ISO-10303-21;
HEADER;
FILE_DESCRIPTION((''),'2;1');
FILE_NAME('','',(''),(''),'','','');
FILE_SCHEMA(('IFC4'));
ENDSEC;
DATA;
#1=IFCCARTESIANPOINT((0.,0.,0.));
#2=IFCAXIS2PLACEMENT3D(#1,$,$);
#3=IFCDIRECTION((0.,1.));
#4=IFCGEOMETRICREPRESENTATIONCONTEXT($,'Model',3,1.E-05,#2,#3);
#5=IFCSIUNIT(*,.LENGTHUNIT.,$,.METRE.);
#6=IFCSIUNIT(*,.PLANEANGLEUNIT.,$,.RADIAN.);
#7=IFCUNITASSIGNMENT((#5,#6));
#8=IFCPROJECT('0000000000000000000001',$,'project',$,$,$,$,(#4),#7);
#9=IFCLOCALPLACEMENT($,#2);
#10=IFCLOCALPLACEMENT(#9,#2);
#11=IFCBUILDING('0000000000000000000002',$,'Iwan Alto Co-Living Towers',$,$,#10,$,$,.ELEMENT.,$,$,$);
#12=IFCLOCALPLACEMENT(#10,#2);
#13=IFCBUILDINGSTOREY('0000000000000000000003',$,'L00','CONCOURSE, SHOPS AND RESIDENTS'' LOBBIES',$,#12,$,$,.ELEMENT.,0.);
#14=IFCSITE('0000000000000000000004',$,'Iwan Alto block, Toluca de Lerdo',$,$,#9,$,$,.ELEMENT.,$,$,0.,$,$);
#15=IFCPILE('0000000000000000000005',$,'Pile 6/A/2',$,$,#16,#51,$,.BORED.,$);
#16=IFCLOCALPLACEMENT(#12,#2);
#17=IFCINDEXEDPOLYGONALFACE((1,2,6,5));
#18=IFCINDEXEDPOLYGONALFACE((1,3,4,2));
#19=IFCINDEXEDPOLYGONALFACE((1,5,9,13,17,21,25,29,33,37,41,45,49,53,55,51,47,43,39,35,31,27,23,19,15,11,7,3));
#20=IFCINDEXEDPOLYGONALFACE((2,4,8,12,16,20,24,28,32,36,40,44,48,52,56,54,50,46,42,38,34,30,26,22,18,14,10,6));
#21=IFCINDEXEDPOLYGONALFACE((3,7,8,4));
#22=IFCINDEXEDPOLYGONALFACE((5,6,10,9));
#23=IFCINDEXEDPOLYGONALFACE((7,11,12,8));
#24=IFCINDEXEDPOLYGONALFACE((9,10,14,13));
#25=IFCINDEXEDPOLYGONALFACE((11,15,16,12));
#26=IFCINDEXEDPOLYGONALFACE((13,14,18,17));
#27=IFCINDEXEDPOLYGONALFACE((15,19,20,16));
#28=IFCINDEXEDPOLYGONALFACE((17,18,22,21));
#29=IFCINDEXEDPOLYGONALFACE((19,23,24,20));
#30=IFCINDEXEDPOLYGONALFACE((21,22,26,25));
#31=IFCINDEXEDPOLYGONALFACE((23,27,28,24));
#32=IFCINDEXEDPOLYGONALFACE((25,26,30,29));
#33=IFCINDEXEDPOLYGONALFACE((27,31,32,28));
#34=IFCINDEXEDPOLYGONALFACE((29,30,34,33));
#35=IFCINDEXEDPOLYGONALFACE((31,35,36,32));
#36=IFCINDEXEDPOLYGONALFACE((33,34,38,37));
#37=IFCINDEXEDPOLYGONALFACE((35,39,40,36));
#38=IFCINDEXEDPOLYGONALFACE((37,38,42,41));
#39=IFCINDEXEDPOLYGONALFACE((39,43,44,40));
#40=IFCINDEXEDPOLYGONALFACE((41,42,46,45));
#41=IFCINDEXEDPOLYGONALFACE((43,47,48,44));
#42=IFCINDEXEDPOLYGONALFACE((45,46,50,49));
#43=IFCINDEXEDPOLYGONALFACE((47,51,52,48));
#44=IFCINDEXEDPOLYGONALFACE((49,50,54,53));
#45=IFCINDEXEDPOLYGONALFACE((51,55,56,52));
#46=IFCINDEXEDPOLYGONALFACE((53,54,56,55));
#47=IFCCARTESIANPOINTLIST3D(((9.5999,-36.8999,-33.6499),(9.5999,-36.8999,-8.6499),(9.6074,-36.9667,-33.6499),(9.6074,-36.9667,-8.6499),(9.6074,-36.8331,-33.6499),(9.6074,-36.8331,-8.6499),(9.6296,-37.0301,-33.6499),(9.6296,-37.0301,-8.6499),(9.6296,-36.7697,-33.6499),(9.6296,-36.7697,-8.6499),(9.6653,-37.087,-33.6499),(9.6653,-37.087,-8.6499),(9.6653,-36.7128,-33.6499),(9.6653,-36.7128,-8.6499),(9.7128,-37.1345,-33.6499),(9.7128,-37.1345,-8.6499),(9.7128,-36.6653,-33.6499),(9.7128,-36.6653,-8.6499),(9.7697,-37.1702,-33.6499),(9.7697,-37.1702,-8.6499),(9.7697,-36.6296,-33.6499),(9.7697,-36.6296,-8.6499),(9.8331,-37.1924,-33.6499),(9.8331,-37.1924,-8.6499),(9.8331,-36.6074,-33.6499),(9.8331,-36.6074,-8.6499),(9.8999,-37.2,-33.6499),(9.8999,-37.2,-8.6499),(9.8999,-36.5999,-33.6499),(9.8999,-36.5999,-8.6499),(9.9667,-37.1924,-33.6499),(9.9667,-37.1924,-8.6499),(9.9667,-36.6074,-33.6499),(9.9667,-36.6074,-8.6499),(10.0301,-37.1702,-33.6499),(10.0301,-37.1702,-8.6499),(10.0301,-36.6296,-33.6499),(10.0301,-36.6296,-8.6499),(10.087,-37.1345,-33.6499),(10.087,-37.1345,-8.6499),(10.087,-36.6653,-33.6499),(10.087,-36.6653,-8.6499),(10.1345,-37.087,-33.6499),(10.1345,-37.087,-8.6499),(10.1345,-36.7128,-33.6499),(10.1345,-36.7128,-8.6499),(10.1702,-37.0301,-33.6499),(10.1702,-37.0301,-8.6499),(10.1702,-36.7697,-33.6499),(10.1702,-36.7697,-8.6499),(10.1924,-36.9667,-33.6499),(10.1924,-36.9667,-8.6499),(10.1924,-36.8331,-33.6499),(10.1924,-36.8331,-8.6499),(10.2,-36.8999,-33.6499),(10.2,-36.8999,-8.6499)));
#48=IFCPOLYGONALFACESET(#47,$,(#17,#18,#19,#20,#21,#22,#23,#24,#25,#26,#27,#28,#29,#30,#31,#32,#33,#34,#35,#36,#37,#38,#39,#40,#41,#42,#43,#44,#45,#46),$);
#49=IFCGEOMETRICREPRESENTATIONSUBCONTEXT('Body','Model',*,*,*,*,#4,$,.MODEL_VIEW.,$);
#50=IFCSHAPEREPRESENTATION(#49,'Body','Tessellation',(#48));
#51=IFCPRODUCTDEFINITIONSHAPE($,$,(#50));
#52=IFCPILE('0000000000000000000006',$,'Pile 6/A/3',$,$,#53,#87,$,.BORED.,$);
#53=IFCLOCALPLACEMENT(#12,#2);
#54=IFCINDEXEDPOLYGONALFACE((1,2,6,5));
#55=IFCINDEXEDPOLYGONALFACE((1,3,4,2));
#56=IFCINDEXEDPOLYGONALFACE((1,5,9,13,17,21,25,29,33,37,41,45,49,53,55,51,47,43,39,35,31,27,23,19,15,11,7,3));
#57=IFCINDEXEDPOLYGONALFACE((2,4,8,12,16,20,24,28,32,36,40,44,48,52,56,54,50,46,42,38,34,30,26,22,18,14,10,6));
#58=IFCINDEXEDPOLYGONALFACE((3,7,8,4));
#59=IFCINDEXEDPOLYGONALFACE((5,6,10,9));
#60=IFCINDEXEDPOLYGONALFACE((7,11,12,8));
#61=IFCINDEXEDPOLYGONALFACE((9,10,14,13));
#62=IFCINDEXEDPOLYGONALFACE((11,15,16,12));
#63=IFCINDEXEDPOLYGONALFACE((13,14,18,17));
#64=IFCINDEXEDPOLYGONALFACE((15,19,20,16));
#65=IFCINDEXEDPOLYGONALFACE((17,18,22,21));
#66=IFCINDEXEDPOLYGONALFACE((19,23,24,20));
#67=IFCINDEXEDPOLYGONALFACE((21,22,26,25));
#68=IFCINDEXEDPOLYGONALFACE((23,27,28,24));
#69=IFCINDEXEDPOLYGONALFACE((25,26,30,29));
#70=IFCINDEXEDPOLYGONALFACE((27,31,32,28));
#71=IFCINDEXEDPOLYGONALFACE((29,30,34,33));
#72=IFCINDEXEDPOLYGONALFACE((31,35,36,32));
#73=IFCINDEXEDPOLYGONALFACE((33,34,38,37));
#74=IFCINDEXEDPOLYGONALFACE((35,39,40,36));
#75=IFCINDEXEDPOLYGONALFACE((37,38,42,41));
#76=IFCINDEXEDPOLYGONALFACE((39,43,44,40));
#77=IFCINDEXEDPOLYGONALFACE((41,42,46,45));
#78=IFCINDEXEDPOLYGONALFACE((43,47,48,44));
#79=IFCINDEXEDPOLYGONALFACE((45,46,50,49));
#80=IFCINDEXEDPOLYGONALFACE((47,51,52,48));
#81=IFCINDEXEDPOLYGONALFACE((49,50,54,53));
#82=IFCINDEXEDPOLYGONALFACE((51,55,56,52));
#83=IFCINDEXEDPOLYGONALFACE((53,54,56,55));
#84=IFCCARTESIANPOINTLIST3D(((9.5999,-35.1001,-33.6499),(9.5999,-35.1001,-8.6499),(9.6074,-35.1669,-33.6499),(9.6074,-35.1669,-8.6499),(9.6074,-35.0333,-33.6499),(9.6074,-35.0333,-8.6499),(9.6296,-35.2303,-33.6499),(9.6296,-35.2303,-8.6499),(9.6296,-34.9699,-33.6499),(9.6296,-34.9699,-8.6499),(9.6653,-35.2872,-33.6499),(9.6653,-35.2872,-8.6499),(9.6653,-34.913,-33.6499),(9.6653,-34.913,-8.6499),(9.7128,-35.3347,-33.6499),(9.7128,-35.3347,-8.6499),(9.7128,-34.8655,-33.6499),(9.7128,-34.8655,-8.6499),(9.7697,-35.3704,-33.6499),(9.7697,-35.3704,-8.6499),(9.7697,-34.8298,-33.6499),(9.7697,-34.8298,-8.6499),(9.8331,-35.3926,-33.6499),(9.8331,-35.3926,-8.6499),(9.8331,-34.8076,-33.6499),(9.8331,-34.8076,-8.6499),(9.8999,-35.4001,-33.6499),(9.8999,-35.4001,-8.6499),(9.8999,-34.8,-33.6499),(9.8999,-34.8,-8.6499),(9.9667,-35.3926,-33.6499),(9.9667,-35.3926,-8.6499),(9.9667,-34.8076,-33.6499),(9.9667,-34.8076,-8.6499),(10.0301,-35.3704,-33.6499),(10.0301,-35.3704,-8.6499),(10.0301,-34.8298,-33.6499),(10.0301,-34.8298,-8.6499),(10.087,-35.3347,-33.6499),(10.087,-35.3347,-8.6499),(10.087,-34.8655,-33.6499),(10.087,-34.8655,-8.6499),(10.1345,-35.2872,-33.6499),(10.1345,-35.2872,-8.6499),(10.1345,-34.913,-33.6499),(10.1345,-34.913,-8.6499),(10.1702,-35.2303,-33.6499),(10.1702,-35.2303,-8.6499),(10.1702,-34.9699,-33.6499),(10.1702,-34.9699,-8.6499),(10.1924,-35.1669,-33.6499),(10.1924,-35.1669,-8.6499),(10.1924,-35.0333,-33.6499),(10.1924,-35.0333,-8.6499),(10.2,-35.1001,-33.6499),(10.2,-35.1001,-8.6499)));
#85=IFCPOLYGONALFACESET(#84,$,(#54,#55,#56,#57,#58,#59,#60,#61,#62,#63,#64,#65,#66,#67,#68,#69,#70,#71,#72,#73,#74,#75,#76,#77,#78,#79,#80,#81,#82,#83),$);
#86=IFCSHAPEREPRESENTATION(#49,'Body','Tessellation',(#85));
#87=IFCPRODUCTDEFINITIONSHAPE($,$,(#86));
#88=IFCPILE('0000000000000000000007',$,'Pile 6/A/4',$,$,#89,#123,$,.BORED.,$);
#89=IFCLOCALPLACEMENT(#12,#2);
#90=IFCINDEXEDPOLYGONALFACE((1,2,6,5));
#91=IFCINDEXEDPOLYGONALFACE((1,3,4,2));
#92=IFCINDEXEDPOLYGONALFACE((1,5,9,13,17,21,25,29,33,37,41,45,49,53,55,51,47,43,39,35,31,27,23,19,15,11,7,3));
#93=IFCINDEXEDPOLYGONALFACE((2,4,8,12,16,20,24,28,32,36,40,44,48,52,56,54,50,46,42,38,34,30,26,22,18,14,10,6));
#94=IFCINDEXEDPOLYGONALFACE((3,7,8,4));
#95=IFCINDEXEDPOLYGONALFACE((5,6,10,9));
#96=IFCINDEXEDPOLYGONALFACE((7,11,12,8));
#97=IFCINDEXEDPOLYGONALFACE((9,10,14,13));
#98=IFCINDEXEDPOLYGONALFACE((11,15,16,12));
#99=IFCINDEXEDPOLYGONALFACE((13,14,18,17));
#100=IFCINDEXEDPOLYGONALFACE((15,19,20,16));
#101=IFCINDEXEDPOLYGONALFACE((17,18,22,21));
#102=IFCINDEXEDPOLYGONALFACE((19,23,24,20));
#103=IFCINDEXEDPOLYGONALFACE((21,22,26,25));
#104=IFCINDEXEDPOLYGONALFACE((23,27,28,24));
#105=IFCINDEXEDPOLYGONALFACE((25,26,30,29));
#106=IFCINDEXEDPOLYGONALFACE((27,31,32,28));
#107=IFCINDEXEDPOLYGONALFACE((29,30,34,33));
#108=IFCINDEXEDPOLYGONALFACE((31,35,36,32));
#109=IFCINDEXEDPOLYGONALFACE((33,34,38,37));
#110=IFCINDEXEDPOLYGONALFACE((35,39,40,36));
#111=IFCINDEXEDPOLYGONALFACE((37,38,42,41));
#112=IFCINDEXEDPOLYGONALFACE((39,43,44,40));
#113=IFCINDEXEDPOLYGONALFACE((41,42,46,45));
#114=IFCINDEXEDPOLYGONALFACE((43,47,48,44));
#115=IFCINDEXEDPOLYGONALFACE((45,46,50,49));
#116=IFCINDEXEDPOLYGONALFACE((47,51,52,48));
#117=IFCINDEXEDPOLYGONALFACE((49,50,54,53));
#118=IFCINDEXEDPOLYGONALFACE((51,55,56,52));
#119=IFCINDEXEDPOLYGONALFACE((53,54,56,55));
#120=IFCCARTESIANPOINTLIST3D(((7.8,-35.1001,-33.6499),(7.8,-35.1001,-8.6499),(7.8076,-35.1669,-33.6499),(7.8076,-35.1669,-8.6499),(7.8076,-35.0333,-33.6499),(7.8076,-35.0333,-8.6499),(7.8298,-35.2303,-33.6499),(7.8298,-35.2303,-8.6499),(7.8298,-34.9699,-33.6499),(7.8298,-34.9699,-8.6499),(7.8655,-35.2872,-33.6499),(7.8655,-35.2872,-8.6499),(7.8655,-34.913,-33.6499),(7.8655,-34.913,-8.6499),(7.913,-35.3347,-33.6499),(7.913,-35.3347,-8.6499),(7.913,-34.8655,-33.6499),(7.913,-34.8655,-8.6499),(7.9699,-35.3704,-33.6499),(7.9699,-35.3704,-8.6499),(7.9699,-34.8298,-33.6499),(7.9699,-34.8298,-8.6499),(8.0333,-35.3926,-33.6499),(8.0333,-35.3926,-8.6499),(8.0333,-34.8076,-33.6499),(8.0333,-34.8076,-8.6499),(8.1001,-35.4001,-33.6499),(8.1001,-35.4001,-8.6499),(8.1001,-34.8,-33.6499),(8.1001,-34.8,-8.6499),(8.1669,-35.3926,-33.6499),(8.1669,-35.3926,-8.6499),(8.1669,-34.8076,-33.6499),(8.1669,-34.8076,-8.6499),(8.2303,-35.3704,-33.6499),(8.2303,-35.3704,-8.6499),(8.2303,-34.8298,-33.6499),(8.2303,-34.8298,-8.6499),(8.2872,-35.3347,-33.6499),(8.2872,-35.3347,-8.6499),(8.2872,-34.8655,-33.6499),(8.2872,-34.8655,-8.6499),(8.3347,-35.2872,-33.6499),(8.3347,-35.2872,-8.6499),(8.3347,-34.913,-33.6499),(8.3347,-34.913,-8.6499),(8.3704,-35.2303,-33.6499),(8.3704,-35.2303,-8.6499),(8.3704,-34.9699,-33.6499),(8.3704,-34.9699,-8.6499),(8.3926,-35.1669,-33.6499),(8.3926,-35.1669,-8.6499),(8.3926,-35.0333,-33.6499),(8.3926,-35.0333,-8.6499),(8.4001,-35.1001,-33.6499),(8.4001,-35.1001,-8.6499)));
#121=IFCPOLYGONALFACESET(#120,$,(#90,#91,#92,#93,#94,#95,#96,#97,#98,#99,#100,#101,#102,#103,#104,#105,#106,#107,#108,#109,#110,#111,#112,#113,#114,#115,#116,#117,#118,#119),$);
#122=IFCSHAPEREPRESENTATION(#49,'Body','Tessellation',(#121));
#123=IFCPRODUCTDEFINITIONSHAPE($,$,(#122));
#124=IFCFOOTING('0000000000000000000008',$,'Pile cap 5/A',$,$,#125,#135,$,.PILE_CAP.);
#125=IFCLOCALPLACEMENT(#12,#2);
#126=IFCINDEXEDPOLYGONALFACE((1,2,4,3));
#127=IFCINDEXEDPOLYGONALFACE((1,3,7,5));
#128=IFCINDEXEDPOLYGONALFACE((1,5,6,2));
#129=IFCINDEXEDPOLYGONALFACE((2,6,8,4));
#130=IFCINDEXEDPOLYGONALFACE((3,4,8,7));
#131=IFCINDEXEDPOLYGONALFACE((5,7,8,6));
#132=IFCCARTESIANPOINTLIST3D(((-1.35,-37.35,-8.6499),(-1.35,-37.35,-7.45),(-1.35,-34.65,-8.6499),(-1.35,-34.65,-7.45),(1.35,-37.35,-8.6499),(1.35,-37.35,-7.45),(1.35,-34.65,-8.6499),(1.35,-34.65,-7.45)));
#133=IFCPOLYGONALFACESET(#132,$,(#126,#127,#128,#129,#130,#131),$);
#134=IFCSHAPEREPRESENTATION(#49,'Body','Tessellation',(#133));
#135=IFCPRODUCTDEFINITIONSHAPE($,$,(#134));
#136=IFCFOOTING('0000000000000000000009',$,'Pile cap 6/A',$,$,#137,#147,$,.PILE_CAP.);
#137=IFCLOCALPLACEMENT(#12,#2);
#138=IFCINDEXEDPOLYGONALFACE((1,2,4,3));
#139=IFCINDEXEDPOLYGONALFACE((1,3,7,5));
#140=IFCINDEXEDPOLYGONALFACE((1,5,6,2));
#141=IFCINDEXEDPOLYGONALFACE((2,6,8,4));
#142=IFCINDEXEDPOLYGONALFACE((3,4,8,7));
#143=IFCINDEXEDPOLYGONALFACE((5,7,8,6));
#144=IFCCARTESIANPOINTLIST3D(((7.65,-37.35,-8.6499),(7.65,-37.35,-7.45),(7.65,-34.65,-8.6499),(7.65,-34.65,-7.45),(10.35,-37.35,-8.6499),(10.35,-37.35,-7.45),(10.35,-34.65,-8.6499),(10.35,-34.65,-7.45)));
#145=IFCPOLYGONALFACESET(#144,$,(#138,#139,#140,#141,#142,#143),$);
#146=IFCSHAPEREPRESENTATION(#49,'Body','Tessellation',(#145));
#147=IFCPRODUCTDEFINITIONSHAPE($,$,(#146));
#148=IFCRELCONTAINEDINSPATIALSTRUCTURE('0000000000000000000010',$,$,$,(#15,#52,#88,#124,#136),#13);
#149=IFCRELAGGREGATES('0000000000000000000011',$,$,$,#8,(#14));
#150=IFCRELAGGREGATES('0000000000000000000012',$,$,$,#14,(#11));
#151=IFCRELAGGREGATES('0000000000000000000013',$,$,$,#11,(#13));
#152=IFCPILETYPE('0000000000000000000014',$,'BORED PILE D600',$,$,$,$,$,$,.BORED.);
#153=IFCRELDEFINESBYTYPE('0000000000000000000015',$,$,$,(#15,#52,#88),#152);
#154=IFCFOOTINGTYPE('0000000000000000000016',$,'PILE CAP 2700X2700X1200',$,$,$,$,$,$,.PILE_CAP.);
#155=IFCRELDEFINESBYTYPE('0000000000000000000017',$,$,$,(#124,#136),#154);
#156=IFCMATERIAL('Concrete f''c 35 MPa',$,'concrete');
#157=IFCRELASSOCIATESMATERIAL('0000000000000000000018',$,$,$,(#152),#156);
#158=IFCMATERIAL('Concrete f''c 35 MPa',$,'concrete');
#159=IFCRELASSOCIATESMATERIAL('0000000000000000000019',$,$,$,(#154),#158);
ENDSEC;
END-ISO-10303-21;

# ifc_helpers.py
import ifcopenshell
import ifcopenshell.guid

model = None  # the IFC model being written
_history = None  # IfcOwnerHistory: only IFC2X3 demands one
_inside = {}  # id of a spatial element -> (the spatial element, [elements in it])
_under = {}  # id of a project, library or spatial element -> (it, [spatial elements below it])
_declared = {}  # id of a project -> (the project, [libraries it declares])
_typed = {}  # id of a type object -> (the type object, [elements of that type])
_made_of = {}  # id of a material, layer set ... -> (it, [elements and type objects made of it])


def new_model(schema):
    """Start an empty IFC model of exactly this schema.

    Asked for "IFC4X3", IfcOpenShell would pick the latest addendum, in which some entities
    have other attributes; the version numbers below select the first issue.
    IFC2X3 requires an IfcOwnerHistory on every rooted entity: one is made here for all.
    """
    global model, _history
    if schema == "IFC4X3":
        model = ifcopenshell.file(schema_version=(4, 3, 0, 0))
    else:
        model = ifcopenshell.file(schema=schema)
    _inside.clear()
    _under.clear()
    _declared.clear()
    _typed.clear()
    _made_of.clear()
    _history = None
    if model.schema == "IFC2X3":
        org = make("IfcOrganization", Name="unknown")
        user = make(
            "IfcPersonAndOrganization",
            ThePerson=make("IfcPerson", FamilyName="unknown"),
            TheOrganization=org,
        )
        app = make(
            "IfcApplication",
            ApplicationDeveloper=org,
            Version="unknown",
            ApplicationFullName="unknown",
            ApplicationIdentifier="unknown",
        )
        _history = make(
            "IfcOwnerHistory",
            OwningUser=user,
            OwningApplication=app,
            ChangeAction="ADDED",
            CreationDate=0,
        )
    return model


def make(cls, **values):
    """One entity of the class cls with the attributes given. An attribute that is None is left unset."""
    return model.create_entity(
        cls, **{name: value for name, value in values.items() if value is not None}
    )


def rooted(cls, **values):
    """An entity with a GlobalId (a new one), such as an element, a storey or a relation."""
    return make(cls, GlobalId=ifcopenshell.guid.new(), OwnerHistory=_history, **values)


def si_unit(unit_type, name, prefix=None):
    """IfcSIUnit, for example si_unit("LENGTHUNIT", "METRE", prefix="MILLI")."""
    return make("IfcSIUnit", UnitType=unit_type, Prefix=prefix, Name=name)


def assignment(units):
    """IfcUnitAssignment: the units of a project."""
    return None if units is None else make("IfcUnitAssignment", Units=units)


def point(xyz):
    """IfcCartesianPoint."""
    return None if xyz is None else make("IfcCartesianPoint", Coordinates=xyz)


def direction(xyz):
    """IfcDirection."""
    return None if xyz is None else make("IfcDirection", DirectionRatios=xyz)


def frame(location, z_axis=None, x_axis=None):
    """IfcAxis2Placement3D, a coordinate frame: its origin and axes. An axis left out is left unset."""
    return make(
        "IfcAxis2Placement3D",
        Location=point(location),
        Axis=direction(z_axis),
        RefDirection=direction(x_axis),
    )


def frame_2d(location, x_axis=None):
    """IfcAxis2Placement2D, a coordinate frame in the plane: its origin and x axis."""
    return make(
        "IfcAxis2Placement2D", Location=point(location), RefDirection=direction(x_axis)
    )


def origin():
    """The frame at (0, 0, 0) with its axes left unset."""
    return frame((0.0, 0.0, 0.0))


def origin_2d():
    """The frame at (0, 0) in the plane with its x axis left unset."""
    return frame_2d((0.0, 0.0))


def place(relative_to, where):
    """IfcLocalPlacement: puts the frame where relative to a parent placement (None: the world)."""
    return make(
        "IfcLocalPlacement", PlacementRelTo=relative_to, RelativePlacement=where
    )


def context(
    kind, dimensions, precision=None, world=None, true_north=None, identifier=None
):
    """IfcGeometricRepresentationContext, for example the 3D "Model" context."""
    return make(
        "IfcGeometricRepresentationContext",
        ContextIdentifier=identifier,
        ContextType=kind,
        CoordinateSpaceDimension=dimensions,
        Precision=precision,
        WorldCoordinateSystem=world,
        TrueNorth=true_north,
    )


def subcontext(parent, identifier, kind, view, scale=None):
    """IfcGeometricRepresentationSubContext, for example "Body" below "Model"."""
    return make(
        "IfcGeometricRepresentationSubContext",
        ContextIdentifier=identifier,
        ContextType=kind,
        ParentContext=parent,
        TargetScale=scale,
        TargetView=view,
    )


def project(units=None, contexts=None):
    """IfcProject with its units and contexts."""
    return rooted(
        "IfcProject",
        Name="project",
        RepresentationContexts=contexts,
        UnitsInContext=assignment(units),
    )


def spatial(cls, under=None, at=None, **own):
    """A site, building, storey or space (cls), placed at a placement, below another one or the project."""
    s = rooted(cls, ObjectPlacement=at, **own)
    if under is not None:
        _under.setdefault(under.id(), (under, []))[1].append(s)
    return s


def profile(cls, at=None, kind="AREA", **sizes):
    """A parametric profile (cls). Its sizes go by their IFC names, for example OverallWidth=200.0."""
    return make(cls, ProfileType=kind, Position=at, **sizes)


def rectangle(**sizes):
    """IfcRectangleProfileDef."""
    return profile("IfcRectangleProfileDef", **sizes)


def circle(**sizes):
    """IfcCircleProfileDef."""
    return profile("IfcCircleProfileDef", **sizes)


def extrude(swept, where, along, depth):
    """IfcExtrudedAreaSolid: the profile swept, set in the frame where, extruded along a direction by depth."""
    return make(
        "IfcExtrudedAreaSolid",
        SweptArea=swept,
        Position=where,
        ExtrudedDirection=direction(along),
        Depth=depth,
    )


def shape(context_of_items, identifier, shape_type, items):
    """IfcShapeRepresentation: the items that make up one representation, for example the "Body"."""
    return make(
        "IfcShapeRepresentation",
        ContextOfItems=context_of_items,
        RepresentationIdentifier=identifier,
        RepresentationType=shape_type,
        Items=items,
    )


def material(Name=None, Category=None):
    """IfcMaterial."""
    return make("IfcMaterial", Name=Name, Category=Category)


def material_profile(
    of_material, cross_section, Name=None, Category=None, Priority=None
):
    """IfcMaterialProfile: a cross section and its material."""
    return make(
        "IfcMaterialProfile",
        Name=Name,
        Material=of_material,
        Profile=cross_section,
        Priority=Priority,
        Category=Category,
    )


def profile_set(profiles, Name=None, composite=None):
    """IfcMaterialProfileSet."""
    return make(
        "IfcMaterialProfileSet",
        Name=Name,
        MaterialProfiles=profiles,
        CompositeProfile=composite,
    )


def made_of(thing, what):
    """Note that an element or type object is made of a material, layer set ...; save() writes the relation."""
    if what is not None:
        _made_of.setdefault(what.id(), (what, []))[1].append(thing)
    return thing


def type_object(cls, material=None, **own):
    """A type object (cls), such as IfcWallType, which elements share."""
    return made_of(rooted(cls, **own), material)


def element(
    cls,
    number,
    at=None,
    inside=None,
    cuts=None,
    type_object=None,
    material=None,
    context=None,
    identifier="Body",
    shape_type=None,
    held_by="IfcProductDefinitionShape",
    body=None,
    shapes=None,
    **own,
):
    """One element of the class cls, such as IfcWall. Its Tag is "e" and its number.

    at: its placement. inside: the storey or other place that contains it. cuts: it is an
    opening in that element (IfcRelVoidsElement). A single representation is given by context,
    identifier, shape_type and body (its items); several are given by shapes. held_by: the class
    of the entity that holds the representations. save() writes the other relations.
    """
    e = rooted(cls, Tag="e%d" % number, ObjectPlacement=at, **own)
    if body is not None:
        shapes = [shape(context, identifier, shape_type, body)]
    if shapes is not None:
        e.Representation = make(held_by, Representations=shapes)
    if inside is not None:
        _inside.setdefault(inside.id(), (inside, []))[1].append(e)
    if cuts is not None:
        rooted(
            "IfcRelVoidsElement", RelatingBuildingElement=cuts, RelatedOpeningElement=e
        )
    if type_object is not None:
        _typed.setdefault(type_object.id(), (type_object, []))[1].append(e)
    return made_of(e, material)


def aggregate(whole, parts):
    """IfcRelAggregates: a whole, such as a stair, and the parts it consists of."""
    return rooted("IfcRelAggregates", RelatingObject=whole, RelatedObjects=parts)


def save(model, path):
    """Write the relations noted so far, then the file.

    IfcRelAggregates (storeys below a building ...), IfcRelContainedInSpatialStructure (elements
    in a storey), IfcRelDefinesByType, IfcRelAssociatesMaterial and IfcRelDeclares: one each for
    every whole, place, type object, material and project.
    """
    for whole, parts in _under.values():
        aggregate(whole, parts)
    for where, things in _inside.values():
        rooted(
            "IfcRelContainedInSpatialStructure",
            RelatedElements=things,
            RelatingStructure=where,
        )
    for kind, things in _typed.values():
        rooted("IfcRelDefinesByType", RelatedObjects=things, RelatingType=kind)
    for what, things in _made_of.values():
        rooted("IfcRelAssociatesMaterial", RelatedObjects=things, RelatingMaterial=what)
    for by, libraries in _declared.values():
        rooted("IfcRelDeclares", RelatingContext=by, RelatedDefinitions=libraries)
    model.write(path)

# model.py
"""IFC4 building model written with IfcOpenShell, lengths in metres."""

from ifc_helpers import new_model, si_unit, direction, frame, origin, origin_2d, place, context, subcontext, project, spatial, rectangle, circle, extrude, material, material_profile, profile_set, type_object, element, save


model = new_model("IFC4")

# Units and contexts
model_context = context("Model", 3, precision=1e-05, world=origin(), true_north=direction((0.0, 1.0)))
body_context = subcontext(model_context, "Body", "Model", "MODEL_VIEW")
ifc_project = project(units=[si_unit("LENGTHUNIT", "METRE"), si_unit("PLANEANGLEUNIT", "RADIAN")], contexts=[model_context])

# Site, building, storey
site_placement = place(None, origin())
site = spatial("IfcSite", under=ifc_project, at=site_placement, Name="Iwan Alto block, Toluca de Lerdo", CompositionType="ELEMENT", RefElevation=0.0)
building_placement = place(site_placement, origin())
building = spatial("IfcBuilding", under=site, at=building_placement, Name="Iwan Alto Co-Living Towers", CompositionType="ELEMENT")
storey_placement = place(building_placement, origin())
storey = spatial("IfcBuildingStorey", under=building, at=storey_placement, Name="L00", Description="CONCOURSE, SHOPS AND RESIDENTS' LOBBIES", CompositionType="ELEMENT", Elevation=0.0)

# Piles
ifc_material_1 = material(Name="Concrete f'c 35 MPa", Category="concrete")
ifc_material_profile_1 = material_profile(ifc_material_1, circle(Radius=0.3, at=origin_2d()), Name="D600")
ifc_profile_set_1 = profile_set([ifc_material_profile_1], Name="Concrete f'c 35 MPa")
pile_type_1 = type_object("IfcPileType", Name="BORED PILE D600", PredefinedType="BORED", material=ifc_profile_set_1)
for number, where, z_axis, x_axis, name in (
    (1, (9.8999, -36.8999, -8.6499), (0.0, 0.0, -1.0), (1.0, 0.0, 0.0), "Pile 6/A/2"),
    (2, (9.8999, -35.1001, -8.6499), (0.0, 0.0, -1.0), (1.0, 0.0, 0.0), "Pile 6/A/3"),
    (3, (8.1001, -35.1001, -8.6499), (0.0, 0.0, -1.0), (1.0, 0.0, 0.0), "Pile 6/A/4"),
):
    element("IfcPile", number, at=place(storey_placement, frame(where, z_axis=z_axis, x_axis=x_axis)), inside=storey, type_object=pile_type_1, Name=name, PredefinedType="BORED", context=body_context, shape_type="SweptSolid", body=[
        extrude(circle(Radius=0.3, at=origin_2d()), origin(), (0.0, 0.0, 1.0), 25.0),
    ])

# Footings
ifc_material_2 = material(Name="Concrete f'c 35 MPa", Category="concrete")
footing_type = type_object("IfcFootingType", Name="PILE CAP 2700X2700X1200", PredefinedType="PILE_CAP", material=ifc_material_2)
for number, where, z_axis, x_axis, name in (
    (4, (0.0, -36.0, -8.6499), (0.0, 0.0, 1.0), (1.0, 0.0, 0.0), "Pile cap 5/A"),
    (5, (9.0, -36.0, -8.6499), (0.0, 0.0, 1.0), (1.0, 0.0, 0.0), "Pile cap 6/A"),
):
    element("IfcFooting", number, at=place(storey_placement, frame(where, z_axis=z_axis, x_axis=x_axis)), inside=storey, type_object=footing_type, Name=name, PredefinedType="PILE_CAP", context=body_context, shape_type="SweptSolid", body=[
        extrude(rectangle(XDim=2.7, YDim=2.7, at=origin_2d()), origin(), (0.0, 0.0, 1.0), 1.2),
    ])

save(model, "model.ifc")
